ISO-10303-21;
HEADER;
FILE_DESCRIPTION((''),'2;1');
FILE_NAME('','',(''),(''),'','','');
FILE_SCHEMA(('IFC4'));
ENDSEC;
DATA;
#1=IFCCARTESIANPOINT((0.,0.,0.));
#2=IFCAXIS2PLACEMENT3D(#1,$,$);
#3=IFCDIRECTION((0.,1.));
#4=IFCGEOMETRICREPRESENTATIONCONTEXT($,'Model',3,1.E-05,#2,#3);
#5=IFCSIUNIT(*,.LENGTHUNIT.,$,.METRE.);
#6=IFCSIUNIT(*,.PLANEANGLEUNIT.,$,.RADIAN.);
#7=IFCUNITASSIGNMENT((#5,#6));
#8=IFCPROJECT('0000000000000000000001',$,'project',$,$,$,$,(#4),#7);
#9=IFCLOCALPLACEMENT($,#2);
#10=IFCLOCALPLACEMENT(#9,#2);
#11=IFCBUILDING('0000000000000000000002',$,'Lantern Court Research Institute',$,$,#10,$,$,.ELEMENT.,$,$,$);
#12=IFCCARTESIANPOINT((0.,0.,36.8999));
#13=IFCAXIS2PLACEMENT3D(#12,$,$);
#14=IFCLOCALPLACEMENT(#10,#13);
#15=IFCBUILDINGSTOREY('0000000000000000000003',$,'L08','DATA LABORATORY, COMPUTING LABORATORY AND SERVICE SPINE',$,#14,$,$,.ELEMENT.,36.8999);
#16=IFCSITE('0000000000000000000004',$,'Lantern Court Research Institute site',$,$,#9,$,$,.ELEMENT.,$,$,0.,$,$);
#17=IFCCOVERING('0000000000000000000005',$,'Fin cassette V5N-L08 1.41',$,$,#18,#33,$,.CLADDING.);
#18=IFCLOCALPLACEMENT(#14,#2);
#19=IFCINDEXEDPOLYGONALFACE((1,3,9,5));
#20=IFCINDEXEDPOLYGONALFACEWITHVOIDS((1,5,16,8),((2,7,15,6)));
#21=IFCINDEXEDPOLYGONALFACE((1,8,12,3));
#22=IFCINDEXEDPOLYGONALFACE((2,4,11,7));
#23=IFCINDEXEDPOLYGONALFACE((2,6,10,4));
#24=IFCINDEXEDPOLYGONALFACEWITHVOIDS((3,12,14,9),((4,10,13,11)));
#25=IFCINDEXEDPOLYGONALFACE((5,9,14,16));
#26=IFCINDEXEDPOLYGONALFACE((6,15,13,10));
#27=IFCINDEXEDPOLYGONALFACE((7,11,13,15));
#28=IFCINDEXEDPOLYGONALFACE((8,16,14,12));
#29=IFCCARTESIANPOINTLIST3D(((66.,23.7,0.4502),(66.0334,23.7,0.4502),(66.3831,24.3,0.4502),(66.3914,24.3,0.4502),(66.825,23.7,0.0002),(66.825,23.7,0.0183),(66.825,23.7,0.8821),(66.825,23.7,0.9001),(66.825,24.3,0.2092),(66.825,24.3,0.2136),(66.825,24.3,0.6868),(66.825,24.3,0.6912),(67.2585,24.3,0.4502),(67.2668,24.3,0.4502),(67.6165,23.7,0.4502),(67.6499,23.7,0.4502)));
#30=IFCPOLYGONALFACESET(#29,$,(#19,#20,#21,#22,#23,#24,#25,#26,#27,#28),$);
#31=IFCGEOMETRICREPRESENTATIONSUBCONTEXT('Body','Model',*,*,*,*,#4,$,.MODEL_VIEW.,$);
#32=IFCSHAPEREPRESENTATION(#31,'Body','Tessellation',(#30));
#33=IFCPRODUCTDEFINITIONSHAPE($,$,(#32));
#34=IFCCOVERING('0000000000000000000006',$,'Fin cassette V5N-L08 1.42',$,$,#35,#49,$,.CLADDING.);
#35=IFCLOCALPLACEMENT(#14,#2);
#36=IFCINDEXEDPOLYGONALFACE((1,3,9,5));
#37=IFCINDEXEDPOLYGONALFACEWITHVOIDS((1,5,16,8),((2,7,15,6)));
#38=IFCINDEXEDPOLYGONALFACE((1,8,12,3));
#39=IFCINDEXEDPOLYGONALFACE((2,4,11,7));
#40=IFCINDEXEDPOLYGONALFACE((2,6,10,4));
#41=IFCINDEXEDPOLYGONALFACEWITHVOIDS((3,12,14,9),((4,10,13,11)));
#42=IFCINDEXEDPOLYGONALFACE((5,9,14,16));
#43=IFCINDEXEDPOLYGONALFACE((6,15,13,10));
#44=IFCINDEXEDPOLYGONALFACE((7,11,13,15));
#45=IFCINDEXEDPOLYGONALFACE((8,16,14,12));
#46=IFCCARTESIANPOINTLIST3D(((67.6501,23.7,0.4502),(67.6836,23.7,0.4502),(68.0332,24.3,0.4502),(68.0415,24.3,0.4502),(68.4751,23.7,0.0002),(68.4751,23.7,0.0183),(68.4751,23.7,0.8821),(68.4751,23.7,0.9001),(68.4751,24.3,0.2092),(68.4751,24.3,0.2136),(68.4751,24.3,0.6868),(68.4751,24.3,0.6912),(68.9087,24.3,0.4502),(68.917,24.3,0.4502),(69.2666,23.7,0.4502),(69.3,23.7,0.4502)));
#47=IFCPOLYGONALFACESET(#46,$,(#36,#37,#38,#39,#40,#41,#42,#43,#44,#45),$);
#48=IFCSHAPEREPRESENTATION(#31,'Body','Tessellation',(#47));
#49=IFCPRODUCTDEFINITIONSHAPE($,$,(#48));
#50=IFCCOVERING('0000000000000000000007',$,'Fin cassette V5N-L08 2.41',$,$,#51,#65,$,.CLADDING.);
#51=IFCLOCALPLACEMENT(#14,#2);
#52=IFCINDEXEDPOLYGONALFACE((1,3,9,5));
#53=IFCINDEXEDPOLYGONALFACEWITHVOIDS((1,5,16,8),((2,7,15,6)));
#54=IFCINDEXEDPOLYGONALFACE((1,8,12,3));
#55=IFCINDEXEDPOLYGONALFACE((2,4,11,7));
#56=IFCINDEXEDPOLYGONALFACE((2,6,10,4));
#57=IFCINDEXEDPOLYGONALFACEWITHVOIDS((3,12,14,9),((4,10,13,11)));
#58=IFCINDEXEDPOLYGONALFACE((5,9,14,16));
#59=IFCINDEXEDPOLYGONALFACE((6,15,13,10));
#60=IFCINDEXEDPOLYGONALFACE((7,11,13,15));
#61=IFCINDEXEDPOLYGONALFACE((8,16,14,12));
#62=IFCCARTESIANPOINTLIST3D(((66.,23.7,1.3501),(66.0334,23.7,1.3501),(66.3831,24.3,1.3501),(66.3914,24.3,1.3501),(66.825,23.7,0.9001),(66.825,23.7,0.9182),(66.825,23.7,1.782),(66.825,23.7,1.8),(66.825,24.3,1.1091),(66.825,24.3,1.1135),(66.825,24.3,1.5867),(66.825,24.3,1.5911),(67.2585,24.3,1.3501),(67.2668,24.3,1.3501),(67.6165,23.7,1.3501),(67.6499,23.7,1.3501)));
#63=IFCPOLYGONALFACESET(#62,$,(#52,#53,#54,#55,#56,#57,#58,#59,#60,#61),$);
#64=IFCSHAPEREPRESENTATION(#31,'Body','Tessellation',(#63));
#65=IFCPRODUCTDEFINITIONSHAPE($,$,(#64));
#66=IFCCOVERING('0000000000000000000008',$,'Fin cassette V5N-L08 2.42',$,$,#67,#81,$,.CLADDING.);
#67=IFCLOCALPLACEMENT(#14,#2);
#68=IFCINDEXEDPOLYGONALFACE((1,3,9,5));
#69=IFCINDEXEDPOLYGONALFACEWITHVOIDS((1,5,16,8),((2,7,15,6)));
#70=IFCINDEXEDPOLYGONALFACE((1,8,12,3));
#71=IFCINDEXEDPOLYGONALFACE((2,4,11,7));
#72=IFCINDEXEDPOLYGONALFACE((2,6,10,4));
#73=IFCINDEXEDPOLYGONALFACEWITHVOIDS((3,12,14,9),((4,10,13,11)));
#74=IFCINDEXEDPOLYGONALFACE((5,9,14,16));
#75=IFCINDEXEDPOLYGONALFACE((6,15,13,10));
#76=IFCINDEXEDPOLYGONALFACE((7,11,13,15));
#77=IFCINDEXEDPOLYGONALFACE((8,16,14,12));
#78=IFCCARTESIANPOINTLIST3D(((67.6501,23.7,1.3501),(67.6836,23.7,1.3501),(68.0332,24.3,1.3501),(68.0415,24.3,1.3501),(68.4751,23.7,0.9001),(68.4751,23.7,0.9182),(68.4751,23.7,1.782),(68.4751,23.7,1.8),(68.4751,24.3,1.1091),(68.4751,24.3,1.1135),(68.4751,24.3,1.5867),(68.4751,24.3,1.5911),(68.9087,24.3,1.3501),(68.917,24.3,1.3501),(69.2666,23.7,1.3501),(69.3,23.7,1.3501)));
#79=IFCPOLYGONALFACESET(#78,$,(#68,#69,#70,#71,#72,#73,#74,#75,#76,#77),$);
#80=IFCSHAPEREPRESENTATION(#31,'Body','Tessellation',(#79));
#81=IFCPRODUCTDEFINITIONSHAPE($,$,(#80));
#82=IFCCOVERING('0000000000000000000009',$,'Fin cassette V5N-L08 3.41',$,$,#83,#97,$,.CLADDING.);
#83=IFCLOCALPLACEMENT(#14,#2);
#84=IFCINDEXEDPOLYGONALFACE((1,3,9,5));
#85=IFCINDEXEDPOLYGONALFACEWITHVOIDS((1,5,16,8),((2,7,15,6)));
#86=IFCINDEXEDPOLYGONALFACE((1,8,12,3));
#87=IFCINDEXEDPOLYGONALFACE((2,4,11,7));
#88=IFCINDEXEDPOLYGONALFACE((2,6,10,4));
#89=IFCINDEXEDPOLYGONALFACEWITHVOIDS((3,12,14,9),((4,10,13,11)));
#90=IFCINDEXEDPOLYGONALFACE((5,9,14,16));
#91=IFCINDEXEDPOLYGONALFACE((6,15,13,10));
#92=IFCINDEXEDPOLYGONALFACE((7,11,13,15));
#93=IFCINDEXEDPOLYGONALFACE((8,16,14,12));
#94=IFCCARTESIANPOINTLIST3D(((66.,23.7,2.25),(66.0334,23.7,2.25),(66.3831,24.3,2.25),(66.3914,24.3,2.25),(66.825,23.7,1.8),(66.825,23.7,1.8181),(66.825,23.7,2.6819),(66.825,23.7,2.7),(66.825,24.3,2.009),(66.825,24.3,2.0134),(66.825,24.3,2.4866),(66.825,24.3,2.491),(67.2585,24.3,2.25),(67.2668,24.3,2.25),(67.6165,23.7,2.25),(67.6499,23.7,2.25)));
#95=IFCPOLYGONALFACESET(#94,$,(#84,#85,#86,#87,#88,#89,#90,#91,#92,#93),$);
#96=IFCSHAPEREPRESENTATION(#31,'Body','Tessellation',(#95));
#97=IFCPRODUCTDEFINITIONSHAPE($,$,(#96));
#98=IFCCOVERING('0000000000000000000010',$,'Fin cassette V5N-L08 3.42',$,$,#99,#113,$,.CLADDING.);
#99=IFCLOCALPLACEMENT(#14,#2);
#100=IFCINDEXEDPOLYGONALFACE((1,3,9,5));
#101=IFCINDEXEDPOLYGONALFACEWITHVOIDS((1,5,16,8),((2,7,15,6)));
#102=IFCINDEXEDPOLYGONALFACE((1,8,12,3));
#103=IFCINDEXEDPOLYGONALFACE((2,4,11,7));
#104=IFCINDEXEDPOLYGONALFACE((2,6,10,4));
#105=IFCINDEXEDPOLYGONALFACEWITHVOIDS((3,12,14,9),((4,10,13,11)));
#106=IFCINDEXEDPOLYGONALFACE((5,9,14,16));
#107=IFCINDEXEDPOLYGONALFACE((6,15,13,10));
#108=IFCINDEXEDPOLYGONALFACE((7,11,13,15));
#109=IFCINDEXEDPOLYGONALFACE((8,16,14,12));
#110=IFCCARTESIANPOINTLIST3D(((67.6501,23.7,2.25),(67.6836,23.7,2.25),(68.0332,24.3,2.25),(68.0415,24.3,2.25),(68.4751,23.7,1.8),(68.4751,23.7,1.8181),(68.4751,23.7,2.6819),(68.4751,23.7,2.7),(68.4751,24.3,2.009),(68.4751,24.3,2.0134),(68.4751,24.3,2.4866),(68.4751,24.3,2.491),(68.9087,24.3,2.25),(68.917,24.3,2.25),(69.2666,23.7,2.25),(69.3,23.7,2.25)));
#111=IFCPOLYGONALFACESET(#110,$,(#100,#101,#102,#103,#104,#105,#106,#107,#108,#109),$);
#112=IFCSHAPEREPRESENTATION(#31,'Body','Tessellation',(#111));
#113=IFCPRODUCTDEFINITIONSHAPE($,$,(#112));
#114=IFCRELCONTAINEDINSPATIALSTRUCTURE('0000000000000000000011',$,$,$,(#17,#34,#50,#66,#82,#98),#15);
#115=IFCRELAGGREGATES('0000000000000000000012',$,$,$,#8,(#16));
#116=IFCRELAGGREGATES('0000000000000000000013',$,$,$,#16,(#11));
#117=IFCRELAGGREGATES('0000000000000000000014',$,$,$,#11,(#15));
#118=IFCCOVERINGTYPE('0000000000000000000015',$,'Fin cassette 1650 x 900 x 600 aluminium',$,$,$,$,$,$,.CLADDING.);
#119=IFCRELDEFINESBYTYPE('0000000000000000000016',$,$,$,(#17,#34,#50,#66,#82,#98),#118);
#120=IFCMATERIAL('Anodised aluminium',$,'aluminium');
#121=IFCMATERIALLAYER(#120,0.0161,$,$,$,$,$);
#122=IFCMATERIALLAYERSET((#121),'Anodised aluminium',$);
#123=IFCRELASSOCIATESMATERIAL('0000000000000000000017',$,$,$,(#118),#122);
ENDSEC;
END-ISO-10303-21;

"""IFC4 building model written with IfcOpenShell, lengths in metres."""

from ifc_helpers import new_model, entity, si_unit, direction, frame, origin, place, context, subcontext, project, spatial, material, layer, layer_set, type_object, element, save


model = new_model("IFC4")

# Units and contexts
model_context = context("Model", 3, precision=1e-05, world=origin(), true_north=direction((0.0, 1.0)))
body_context = subcontext(model_context, "Body", "Model", "MODEL_VIEW")
ifc_project = project(units=[si_unit("LENGTHUNIT", "METRE"), si_unit("PLANEANGLEUNIT", "RADIAN")], contexts=[model_context])

# Site, building, storey
site_placement = place(None, origin())
site = spatial("IfcSite", under=ifc_project, at=site_placement, Name="Lantern Court Research Institute site", CompositionType="ELEMENT", RefElevation=0.0)
building_placement = place(site_placement, origin())
building = spatial("IfcBuilding", under=site, at=building_placement, Name="Lantern Court Research Institute", CompositionType="ELEMENT")
storey_placement = place(building_placement, frame((0.0, 0.0, 36.8999)))
storey = spatial("IfcBuildingStorey", under=building, at=storey_placement, Name="L08", Description="DATA LABORATORY, COMPUTING LABORATORY AND SERVICE SPINE", CompositionType="ELEMENT", Elevation=36.8999)

# Coverings
ifc_material_1 = material(Name="Anodised aluminium", Category="aluminium")
ifc_layer_1 = layer(ifc_material_1, 0.0161)
ifc_layer_set_1 = layer_set([ifc_layer_1], Name="Anodised aluminium")
covering_type = type_object("IfcCoveringType", Name="Fin cassette 1650 x 900 x 600 aluminium", PredefinedType="CLADDING", material=ifc_layer_set_1)
covering_1_placement = place(storey_placement, frame((66.825, 23.7, 0.4502), z_axis=(0.0, 1.0, 0.0), x_axis=(-1.0, 0.0, 0.0)))
cartesian_point_1 = entity("IfcCartesianPoint", [0.825, 0.0])
cartesian_point_2 = entity("IfcCartesianPoint", [0.7915, 0.0])
cartesian_point_3 = entity("IfcCartesianPoint", [0.4419, 0.0])
cartesian_point_4 = entity("IfcCartesianPoint", [0.4336, 0.0])
element("IfcCovering", 1, at=covering_1_placement, inside=storey, type_object=covering_type, Name="Fin cassette V5N-L08 1.41", PredefinedType="CLADDING", context=body_context, shape_type="SweptSolid", body=[
    entity("IfcExtrudedAreaSolidTapered", entity("IfcArbitraryProfileDefWithVoids", "AREA", None, entity("IfcPolyline", [cartesian_point_1, entity("IfcCartesianPoint", [0.0, 0.45]), entity("IfcCartesianPoint", [-0.825, 0.0]), entity("IfcCartesianPoint", [0.0, -0.45]), cartesian_point_1]), [entity("IfcPolyline", [cartesian_point_2, entity("IfcCartesianPoint", [0.0, 0.4319]), entity("IfcCartesianPoint", [-0.7915, 0.0]), entity("IfcCartesianPoint", [0.0, -0.4319]), cartesian_point_2])]), entity("IfcAxis2Placement3D", entity("IfcCartesianPoint", [0.0, 0.0, 0.0])), entity("IfcDirection", [0.0, 0.0, 1.0]), 0.6001, entity("IfcArbitraryProfileDefWithVoids", "AREA", None, entity("IfcPolyline", [cartesian_point_3, entity("IfcCartesianPoint", [0.0, 0.241]), entity("IfcCartesianPoint", [-0.4419, 0.0]), entity("IfcCartesianPoint", [0.0, -0.241]), cartesian_point_3]), [entity("IfcPolyline", [cartesian_point_4, entity("IfcCartesianPoint", [0.0, 0.2366]), entity("IfcCartesianPoint", [-0.4336, 0.0]), entity("IfcCartesianPoint", [0.0, -0.2366]), cartesian_point_4])])),
])
covering_2_placement = place(storey_placement, frame((68.4751, 23.7, 0.4502), z_axis=(0.0, 1.0, 0.0), x_axis=(-1.0, 0.0, 0.0)))
cartesian_point_5 = entity("IfcCartesianPoint", [0.825, 0.0])
cartesian_point_6 = entity("IfcCartesianPoint", [0.7915, 0.0])
cartesian_point_7 = entity("IfcCartesianPoint", [0.4419, 0.0])
cartesian_point_8 = entity("IfcCartesianPoint", [0.4336, 0.0])
element("IfcCovering", 2, at=covering_2_placement, inside=storey, type_object=covering_type, Name="Fin cassette V5N-L08 1.42", PredefinedType="CLADDING", context=body_context, shape_type="SweptSolid", body=[
    entity("IfcExtrudedAreaSolidTapered", entity("IfcArbitraryProfileDefWithVoids", "AREA", None, entity("IfcPolyline", [cartesian_point_5, entity("IfcCartesianPoint", [0.0, 0.45]), entity("IfcCartesianPoint", [-0.825, 0.0]), entity("IfcCartesianPoint", [0.0, -0.45]), cartesian_point_5]), [entity("IfcPolyline", [cartesian_point_6, entity("IfcCartesianPoint", [0.0, 0.4319]), entity("IfcCartesianPoint", [-0.7915, 0.0]), entity("IfcCartesianPoint", [0.0, -0.4319]), cartesian_point_6])]), entity("IfcAxis2Placement3D", entity("IfcCartesianPoint", [0.0, 0.0, 0.0])), entity("IfcDirection", [0.0, 0.0, 1.0]), 0.6001, entity("IfcArbitraryProfileDefWithVoids", "AREA", None, entity("IfcPolyline", [cartesian_point_7, entity("IfcCartesianPoint", [0.0, 0.241]), entity("IfcCartesianPoint", [-0.4419, 0.0]), entity("IfcCartesianPoint", [0.0, -0.241]), cartesian_point_7]), [entity("IfcPolyline", [cartesian_point_8, entity("IfcCartesianPoint", [0.0, 0.2366]), entity("IfcCartesianPoint", [-0.4336, 0.0]), entity("IfcCartesianPoint", [0.0, -0.2366]), cartesian_point_8])])),
])
covering_3_placement = place(storey_placement, frame((66.825, 23.7, 1.3501), z_axis=(0.0, 1.0, 0.0), x_axis=(-1.0, 0.0, 0.0)))
cartesian_point_9 = entity("IfcCartesianPoint", [0.825, 0.0])
cartesian_point_10 = entity("IfcCartesianPoint", [0.7915, 0.0])
cartesian_point_11 = entity("IfcCartesianPoint", [0.4419, 0.0])
cartesian_point_12 = entity("IfcCartesianPoint", [0.4336, 0.0])
element("IfcCovering", 3, at=covering_3_placement, inside=storey, type_object=covering_type, Name="Fin cassette V5N-L08 2.41", PredefinedType="CLADDING", context=body_context, shape_type="SweptSolid", body=[
    entity("IfcExtrudedAreaSolidTapered", entity("IfcArbitraryProfileDefWithVoids", "AREA", None, entity("IfcPolyline", [cartesian_point_9, entity("IfcCartesianPoint", [0.0, 0.45]), entity("IfcCartesianPoint", [-0.825, 0.0]), entity("IfcCartesianPoint", [0.0, -0.45]), cartesian_point_9]), [entity("IfcPolyline", [cartesian_point_10, entity("IfcCartesianPoint", [0.0, 0.4319]), entity("IfcCartesianPoint", [-0.7915, 0.0]), entity("IfcCartesianPoint", [0.0, -0.4319]), cartesian_point_10])]), entity("IfcAxis2Placement3D", entity("IfcCartesianPoint", [0.0, 0.0, 0.0])), entity("IfcDirection", [0.0, 0.0, 1.0]), 0.6001, entity("IfcArbitraryProfileDefWithVoids", "AREA", None, entity("IfcPolyline", [cartesian_point_11, entity("IfcCartesianPoint", [0.0, 0.241]), entity("IfcCartesianPoint", [-0.4419, 0.0]), entity("IfcCartesianPoint", [0.0, -0.241]), cartesian_point_11]), [entity("IfcPolyline", [cartesian_point_12, entity("IfcCartesianPoint", [0.0, 0.2366]), entity("IfcCartesianPoint", [-0.4336, 0.0]), entity("IfcCartesianPoint", [0.0, -0.2366]), cartesian_point_12])])),
])
covering_4_placement = place(storey_placement, frame((68.4751, 23.7, 1.3501), z_axis=(0.0, 1.0, 0.0), x_axis=(-1.0, 0.0, 0.0)))
cartesian_point_13 = entity("IfcCartesianPoint", [0.825, 0.0])
cartesian_point_14 = entity("IfcCartesianPoint", [0.7915, 0.0])
cartesian_point_15 = entity("IfcCartesianPoint", [0.4419, 0.0])
cartesian_point_16 = entity("IfcCartesianPoint", [0.4336, 0.0])
element("IfcCovering", 4, at=covering_4_placement, inside=storey, type_object=covering_type, Name="Fin cassette V5N-L08 2.42", PredefinedType="CLADDING", context=body_context, shape_type="SweptSolid", body=[
    entity("IfcExtrudedAreaSolidTapered", entity("IfcArbitraryProfileDefWithVoids", "AREA", None, entity("IfcPolyline", [cartesian_point_13, entity("IfcCartesianPoint", [0.0, 0.45]), entity("IfcCartesianPoint", [-0.825, 0.0]), entity("IfcCartesianPoint", [0.0, -0.45]), cartesian_point_13]), [entity("IfcPolyline", [cartesian_point_14, entity("IfcCartesianPoint", [0.0, 0.4319]), entity("IfcCartesianPoint", [-0.7915, 0.0]), entity("IfcCartesianPoint", [0.0, -0.4319]), cartesian_point_14])]), entity("IfcAxis2Placement3D", entity("IfcCartesianPoint", [0.0, 0.0, 0.0])), entity("IfcDirection", [0.0, 0.0, 1.0]), 0.6001, entity("IfcArbitraryProfileDefWithVoids", "AREA", None, entity("IfcPolyline", [cartesian_point_15, entity("IfcCartesianPoint", [0.0, 0.241]), entity("IfcCartesianPoint", [-0.4419, 0.0]), entity("IfcCartesianPoint", [0.0, -0.241]), cartesian_point_15]), [entity("IfcPolyline", [cartesian_point_16, entity("IfcCartesianPoint", [0.0, 0.2366]), entity("IfcCartesianPoint", [-0.4336, 0.0]), entity("IfcCartesianPoint", [0.0, -0.2366]), cartesian_point_16])])),
])
covering_5_placement = place(storey_placement, frame((66.825, 23.7, 2.25), z_axis=(0.0, 1.0, 0.0), x_axis=(-1.0, 0.0, 0.0)))
cartesian_point_17 = entity("IfcCartesianPoint", [0.825, 0.0])
cartesian_point_18 = entity("IfcCartesianPoint", [0.7915, 0.0])
cartesian_point_19 = entity("IfcCartesianPoint", [0.4419, 0.0])
cartesian_point_20 = entity("IfcCartesianPoint", [0.4336, 0.0])
element("IfcCovering", 5, at=covering_5_placement, inside=storey, type_object=covering_type, Name="Fin cassette V5N-L08 3.41", PredefinedType="CLADDING", context=body_context, shape_type="SweptSolid", body=[
    entity("IfcExtrudedAreaSolidTapered", entity("IfcArbitraryProfileDefWithVoids", "AREA", None, entity("IfcPolyline", [cartesian_point_17, entity("IfcCartesianPoint", [0.0, 0.45]), entity("IfcCartesianPoint", [-0.825, 0.0]), entity("IfcCartesianPoint", [0.0, -0.45]), cartesian_point_17]), [entity("IfcPolyline", [cartesian_point_18, entity("IfcCartesianPoint", [0.0, 0.4319]), entity("IfcCartesianPoint", [-0.7915, 0.0]), entity("IfcCartesianPoint", [0.0, -0.4319]), cartesian_point_18])]), entity("IfcAxis2Placement3D", entity("IfcCartesianPoint", [0.0, 0.0, 0.0])), entity("IfcDirection", [0.0, 0.0, 1.0]), 0.6001, entity("IfcArbitraryProfileDefWithVoids", "AREA", None, entity("IfcPolyline", [cartesian_point_19, entity("IfcCartesianPoint", [0.0, 0.241]), entity("IfcCartesianPoint", [-0.4419, 0.0]), entity("IfcCartesianPoint", [0.0, -0.241]), cartesian_point_19]), [entity("IfcPolyline", [cartesian_point_20, entity("IfcCartesianPoint", [0.0, 0.2366]), entity("IfcCartesianPoint", [-0.4336, 0.0]), entity("IfcCartesianPoint", [0.0, -0.2366]), cartesian_point_20])])),
])
covering_6_placement = place(storey_placement, frame((68.4751, 23.7, 2.25), z_axis=(0.0, 1.0, 0.0), x_axis=(-1.0, 0.0, 0.0)))
cartesian_point_21 = entity("IfcCartesianPoint", [0.825, 0.0])
cartesian_point_22 = entity("IfcCartesianPoint", [0.7915, 0.0])
cartesian_point_23 = entity("IfcCartesianPoint", [0.4419, 0.0])
cartesian_point_24 = entity("IfcCartesianPoint", [0.4336, 0.0])
element("IfcCovering", 6, at=covering_6_placement, inside=storey, type_object=covering_type, Name="Fin cassette V5N-L08 3.42", PredefinedType="CLADDING", context=body_context, shape_type="SweptSolid", body=[
    entity("IfcExtrudedAreaSolidTapered", entity("IfcArbitraryProfileDefWithVoids", "AREA", None, entity("IfcPolyline", [cartesian_point_21, entity("IfcCartesianPoint", [0.0, 0.45]), entity("IfcCartesianPoint", [-0.825, 0.0]), entity("IfcCartesianPoint", [0.0, -0.45]), cartesian_point_21]), [entity("IfcPolyline", [cartesian_point_22, entity("IfcCartesianPoint", [0.0, 0.4319]), entity("IfcCartesianPoint", [-0.7915, 0.0]), entity("IfcCartesianPoint", [0.0, -0.4319]), cartesian_point_22])]), entity("IfcAxis2Placement3D", entity("IfcCartesianPoint", [0.0, 0.0, 0.0])), entity("IfcDirection", [0.0, 0.0, 1.0]), 0.6001, entity("IfcArbitraryProfileDefWithVoids", "AREA", None, entity("IfcPolyline", [cartesian_point_23, entity("IfcCartesianPoint", [0.0, 0.241]), entity("IfcCartesianPoint", [-0.4419, 0.0]), entity("IfcCartesianPoint", [0.0, -0.241]), cartesian_point_23]), [entity("IfcPolyline", [cartesian_point_24, entity("IfcCartesianPoint", [0.0, 0.2366]), entity("IfcCartesianPoint", [-0.4336, 0.0]), entity("IfcCartesianPoint", [0.0, -0.2366]), cartesian_point_24])])),
])

save(model, "model.ifc")
